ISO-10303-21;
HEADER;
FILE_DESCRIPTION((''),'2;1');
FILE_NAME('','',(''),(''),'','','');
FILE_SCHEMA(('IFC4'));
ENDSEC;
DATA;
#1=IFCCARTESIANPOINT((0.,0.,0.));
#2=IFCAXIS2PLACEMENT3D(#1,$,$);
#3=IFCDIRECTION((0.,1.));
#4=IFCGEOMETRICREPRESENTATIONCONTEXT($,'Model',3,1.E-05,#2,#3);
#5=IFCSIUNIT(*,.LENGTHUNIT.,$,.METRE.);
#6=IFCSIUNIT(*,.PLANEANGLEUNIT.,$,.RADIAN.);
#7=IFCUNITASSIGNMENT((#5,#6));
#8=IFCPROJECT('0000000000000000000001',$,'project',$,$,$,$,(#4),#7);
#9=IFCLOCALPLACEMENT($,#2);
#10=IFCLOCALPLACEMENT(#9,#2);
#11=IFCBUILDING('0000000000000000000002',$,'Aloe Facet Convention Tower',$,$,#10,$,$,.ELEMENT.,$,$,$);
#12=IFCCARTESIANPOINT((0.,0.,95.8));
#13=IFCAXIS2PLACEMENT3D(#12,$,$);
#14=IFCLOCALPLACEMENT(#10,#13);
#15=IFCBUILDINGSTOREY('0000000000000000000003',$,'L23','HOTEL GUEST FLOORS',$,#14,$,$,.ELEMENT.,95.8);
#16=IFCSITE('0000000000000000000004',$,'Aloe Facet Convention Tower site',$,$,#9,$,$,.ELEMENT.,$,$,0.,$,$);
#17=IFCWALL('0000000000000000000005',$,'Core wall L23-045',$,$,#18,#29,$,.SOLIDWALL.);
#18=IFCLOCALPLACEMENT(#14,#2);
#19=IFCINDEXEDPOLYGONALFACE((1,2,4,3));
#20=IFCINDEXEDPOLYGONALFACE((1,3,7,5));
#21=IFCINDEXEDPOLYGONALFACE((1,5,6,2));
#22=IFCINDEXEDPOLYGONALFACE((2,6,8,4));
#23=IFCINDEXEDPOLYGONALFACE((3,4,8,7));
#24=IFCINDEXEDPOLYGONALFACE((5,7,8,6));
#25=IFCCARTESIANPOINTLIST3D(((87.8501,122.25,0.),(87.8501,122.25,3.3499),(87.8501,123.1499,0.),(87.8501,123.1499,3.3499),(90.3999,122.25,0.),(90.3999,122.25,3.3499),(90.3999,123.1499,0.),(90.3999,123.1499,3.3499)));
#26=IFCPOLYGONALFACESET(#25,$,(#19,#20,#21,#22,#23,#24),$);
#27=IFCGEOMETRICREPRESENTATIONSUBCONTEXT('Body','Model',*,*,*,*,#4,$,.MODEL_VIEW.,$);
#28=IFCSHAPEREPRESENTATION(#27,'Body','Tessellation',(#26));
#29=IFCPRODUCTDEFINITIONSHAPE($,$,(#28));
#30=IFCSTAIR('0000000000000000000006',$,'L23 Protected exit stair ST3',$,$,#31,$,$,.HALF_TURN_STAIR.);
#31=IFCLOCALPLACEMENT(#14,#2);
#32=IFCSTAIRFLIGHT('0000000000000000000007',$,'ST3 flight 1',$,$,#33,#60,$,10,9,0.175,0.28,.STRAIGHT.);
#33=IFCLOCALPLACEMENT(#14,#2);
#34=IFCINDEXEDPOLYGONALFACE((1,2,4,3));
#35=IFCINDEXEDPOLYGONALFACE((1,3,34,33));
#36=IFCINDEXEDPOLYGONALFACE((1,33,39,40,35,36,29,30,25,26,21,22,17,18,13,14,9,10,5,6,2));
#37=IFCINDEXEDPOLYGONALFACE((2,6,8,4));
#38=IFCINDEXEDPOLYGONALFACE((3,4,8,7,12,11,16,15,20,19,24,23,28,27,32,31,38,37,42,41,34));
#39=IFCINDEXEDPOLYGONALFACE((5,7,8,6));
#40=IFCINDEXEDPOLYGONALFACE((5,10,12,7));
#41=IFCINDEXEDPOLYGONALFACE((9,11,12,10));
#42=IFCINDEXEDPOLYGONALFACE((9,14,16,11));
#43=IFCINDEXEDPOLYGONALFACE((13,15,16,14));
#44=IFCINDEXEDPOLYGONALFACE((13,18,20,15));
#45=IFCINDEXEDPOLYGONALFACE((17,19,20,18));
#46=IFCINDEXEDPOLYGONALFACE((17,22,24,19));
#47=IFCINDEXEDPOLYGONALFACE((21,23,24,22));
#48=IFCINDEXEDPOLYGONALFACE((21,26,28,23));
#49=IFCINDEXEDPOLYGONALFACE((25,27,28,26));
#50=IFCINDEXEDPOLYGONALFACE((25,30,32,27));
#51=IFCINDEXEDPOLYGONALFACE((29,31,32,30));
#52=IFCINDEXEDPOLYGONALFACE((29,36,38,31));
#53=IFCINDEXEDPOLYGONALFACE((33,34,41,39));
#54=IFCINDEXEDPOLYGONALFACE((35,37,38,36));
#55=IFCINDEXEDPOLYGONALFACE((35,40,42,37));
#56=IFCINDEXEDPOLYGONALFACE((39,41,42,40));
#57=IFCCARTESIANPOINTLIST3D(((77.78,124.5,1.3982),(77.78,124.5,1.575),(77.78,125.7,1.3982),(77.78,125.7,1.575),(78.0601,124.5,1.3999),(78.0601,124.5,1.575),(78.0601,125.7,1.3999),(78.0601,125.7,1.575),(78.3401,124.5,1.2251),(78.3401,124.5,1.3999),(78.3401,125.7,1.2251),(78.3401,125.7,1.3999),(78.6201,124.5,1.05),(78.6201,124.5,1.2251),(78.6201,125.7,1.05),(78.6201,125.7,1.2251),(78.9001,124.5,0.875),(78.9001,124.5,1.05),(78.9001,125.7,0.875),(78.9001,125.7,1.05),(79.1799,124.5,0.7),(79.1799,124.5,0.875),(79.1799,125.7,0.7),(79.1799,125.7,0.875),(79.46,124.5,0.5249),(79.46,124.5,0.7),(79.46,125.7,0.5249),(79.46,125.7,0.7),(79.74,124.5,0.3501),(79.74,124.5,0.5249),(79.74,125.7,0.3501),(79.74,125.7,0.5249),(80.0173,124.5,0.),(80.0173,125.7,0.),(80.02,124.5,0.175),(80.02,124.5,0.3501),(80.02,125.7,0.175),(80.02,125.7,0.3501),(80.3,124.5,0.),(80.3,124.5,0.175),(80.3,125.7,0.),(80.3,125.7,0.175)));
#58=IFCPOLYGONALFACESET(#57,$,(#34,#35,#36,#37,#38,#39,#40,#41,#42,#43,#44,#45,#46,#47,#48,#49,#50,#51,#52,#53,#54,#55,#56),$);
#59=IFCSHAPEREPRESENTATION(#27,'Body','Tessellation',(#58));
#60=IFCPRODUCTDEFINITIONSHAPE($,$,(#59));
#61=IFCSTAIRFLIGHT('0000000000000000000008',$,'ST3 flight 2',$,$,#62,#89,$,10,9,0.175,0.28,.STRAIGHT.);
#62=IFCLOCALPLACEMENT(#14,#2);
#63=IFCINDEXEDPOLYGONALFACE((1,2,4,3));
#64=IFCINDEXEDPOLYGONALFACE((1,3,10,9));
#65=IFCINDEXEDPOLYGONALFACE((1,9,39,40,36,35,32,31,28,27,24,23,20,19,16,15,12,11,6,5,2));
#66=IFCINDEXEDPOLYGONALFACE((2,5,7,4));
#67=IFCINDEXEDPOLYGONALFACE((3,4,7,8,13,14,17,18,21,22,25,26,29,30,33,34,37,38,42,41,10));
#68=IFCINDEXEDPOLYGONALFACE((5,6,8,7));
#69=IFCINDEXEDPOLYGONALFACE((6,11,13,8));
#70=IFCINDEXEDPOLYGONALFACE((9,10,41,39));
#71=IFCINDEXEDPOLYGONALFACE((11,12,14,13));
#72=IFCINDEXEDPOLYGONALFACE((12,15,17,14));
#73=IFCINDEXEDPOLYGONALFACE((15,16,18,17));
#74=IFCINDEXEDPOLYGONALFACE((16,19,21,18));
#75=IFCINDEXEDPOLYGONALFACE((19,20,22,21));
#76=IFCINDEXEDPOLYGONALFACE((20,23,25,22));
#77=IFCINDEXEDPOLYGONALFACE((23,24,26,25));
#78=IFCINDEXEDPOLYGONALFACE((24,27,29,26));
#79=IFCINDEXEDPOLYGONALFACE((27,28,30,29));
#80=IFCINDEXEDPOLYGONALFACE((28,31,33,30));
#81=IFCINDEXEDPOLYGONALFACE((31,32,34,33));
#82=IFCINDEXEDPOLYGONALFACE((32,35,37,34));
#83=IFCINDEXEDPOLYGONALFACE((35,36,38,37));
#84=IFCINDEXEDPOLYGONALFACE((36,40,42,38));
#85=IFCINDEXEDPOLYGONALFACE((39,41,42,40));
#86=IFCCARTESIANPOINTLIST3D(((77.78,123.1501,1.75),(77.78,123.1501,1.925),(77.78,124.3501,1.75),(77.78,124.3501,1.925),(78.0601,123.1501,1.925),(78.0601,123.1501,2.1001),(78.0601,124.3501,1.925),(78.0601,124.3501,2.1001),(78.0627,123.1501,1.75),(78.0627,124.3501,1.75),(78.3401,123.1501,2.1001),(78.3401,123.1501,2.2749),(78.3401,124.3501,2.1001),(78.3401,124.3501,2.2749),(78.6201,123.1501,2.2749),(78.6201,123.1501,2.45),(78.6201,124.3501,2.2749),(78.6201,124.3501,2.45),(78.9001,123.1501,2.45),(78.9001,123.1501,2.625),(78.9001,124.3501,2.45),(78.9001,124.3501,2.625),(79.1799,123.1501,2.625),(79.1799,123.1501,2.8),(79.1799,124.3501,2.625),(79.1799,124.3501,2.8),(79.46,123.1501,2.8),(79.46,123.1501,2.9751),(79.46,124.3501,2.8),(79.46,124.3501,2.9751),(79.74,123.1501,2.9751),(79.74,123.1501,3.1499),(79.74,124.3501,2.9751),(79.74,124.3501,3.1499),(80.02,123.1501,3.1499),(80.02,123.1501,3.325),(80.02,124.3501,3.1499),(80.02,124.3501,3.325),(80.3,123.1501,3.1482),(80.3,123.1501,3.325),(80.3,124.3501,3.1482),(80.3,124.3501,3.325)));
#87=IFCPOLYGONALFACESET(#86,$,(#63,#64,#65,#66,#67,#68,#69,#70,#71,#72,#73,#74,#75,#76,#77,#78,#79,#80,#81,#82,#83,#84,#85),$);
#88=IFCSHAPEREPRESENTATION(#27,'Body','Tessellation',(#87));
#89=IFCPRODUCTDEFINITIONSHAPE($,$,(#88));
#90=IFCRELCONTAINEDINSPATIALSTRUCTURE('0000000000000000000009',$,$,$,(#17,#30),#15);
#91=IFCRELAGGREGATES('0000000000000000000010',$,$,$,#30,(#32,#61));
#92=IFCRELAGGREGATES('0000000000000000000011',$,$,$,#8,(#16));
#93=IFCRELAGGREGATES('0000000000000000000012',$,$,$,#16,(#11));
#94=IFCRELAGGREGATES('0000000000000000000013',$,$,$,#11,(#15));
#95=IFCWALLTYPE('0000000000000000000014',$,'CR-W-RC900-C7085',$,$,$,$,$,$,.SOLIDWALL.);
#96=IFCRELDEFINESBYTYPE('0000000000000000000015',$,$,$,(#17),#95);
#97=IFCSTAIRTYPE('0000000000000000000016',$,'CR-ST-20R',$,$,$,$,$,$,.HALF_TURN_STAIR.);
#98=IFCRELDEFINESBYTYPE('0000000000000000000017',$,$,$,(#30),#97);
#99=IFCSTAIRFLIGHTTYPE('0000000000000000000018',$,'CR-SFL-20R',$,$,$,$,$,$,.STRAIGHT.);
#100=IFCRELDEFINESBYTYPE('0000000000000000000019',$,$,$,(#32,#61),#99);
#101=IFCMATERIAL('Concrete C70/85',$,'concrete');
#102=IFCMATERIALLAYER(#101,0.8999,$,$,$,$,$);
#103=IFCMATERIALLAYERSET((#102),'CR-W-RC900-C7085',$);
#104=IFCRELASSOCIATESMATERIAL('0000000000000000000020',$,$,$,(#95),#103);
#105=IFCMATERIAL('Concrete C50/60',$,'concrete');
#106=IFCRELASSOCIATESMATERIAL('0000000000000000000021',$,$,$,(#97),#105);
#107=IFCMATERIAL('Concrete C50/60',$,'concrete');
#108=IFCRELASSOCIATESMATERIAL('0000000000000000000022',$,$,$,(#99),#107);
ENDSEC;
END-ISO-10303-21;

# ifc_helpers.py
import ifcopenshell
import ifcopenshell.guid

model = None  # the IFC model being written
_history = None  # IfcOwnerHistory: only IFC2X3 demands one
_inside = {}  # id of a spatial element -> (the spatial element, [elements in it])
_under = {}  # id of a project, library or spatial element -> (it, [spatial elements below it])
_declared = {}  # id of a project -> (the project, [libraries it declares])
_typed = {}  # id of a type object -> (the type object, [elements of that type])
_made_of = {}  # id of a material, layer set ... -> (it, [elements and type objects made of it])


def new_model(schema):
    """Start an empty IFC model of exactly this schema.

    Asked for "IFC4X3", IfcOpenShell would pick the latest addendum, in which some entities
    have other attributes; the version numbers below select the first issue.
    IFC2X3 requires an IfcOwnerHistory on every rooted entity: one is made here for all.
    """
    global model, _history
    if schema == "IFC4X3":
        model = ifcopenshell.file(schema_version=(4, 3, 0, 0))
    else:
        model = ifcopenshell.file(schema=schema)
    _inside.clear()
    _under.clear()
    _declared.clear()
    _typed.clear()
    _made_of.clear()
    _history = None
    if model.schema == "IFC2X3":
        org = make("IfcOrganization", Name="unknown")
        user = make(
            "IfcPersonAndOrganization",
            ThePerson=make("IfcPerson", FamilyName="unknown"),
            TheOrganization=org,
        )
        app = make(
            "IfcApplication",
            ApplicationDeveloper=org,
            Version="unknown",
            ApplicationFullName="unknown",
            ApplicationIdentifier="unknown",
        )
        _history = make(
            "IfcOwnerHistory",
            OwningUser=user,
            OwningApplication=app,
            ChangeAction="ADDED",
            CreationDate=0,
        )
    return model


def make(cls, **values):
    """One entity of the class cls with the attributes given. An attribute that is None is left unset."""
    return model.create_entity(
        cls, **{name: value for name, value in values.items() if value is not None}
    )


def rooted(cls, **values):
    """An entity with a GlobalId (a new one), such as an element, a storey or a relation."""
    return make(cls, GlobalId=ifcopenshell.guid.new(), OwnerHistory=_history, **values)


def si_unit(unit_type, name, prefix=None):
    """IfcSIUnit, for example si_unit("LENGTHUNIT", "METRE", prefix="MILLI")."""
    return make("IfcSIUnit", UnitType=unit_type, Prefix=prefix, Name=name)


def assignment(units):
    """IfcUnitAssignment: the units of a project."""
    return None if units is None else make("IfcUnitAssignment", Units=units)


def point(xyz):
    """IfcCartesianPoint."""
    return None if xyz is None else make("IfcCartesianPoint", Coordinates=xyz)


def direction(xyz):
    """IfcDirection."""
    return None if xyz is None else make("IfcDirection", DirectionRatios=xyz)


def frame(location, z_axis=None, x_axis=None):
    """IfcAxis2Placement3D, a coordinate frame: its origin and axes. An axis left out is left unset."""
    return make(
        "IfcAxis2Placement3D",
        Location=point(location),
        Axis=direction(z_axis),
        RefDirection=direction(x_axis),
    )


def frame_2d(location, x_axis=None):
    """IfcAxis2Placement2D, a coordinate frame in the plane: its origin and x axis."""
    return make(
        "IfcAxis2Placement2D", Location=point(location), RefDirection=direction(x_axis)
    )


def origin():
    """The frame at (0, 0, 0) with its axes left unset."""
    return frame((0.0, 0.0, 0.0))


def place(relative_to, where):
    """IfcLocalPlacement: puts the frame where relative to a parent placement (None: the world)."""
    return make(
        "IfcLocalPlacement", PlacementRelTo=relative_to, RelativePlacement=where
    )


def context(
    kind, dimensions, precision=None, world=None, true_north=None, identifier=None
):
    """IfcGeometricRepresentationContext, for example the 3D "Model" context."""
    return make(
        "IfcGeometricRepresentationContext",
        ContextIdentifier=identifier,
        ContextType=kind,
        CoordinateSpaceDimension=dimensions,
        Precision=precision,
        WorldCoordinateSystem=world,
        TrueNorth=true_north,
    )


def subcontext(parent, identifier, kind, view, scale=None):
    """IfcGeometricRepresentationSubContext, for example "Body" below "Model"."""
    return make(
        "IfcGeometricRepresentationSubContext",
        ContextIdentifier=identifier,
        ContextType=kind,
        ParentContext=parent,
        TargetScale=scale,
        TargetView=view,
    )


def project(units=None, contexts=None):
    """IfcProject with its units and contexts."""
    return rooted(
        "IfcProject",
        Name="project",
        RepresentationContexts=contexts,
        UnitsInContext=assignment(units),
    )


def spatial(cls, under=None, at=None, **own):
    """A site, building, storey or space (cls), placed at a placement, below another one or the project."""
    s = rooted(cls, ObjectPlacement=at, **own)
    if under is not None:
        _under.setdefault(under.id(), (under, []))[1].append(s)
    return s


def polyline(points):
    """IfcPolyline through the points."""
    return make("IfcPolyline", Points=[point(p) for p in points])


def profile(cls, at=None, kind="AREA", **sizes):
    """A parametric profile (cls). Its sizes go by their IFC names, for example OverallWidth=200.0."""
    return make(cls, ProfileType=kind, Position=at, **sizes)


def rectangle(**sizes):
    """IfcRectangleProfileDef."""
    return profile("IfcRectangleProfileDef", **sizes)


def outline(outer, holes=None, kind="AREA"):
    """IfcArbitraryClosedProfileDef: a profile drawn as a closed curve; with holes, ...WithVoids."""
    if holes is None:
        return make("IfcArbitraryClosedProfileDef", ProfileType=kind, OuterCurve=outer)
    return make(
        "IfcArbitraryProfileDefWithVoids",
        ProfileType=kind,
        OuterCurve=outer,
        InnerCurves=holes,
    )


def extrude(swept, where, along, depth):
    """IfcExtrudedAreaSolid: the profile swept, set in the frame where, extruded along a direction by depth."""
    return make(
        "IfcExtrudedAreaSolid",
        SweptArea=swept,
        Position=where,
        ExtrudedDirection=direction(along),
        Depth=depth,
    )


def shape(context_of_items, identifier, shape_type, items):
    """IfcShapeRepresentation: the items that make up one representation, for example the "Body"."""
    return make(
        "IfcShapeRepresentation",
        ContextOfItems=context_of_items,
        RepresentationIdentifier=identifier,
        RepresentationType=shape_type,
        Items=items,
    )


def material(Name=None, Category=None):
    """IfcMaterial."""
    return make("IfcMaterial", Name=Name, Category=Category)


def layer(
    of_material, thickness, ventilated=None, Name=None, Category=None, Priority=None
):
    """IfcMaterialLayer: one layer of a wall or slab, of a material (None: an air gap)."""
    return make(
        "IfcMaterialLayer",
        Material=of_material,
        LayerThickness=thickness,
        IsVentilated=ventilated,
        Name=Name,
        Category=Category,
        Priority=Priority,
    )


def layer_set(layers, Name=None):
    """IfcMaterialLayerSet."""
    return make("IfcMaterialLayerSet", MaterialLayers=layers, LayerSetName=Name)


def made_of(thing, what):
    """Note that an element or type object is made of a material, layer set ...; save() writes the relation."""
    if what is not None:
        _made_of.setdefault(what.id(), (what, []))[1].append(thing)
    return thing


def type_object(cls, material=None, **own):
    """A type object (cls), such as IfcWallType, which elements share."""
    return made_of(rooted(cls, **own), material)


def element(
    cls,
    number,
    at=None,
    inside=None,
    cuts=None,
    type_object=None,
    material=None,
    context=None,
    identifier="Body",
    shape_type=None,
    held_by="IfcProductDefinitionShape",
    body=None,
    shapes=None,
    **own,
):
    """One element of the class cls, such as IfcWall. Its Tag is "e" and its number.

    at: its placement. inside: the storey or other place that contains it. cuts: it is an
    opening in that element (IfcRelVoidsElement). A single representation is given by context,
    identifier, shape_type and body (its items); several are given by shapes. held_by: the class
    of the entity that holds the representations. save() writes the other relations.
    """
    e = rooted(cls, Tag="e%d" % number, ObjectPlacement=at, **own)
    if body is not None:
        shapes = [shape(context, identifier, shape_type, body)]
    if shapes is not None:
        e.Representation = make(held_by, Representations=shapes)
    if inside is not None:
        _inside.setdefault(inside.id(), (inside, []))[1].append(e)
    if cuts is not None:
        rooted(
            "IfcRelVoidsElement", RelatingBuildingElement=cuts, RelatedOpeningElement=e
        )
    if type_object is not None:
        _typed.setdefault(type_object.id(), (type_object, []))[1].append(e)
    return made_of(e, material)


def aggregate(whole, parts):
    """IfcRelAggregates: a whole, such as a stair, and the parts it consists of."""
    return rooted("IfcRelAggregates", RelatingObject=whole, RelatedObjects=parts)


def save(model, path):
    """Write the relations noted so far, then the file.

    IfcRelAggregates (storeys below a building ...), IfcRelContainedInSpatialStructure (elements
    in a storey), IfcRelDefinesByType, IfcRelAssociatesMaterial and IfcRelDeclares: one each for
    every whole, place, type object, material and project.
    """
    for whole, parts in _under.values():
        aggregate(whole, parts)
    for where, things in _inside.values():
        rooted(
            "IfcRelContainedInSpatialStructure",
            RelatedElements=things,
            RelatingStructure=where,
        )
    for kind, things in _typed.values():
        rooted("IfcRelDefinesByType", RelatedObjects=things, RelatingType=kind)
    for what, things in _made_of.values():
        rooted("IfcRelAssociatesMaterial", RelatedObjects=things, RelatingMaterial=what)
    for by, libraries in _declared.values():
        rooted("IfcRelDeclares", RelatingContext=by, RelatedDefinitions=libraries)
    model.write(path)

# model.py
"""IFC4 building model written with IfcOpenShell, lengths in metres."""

from ifc_helpers import new_model, si_unit, direction, frame, frame_2d, origin, place, context, subcontext, project, spatial, polyline, rectangle, outline, extrude, material, layer, layer_set, type_object, element, aggregate, save


model = new_model("IFC4")

# Units and contexts
model_context = context("Model", 3, precision=1e-05, world=origin(), true_north=direction((0.0, 1.0)))
body_context = subcontext(model_context, "Body", "Model", "MODEL_VIEW")
ifc_project = project(units=[si_unit("LENGTHUNIT", "METRE"), si_unit("PLANEANGLEUNIT", "RADIAN")], contexts=[model_context])

# Site, building, storey
site_placement = place(None, origin())
site = spatial("IfcSite", under=ifc_project, at=site_placement, Name="Aloe Facet Convention Tower site", CompositionType="ELEMENT", RefElevation=0.0)
building_placement = place(site_placement, origin())
building = spatial("IfcBuilding", under=site, at=building_placement, Name="Aloe Facet Convention Tower", CompositionType="ELEMENT")
storey_placement = place(building_placement, frame((0.0, 0.0, 95.8)))
storey = spatial("IfcBuildingStorey", under=building, at=storey_placement, Name="L23", Description="HOTEL GUEST FLOORS", CompositionType="ELEMENT", Elevation=95.8)

# Shared definitions
ifc_material_1 = material(Name="Concrete C70/85", Category="concrete")
ifc_layer_1 = layer(ifc_material_1, 0.8999)
ifc_layer_set_1 = layer_set([ifc_layer_1], Name="CR-W-RC900-C7085")
wall_type_1 = type_object("IfcWallType", Name="CR-W-RC900-C7085", PredefinedType="SOLIDWALL", material=ifc_layer_set_1)

# Wall
wall_1_placement = place(storey_placement, frame((87.8501, 122.7, 0.0), z_axis=(0.0, 0.0, 1.0), x_axis=(1.0, 0.0, 0.0)))
element("IfcWall", 1, at=wall_1_placement, inside=storey, type_object=wall_type_1, Name="Core wall L23-045", PredefinedType="SOLIDWALL", context=body_context, shape_type="SweptSolid", body=[
    extrude(rectangle(XDim=2.5498, YDim=0.8999, at=frame_2d((1.2749, 0.0))), origin(), (0.0, 0.0, 1.0), 3.3499),
])

# Stair, stair flights
ifc_material_2 = material(Name="Concrete C50/60", Category="concrete")
stair_type = type_object("IfcStairType", Name="CR-ST-20R", PredefinedType="HALF_TURN_STAIR", material=ifc_material_2)
stair_placement = place(storey_placement, origin())
stair = element("IfcStair", 2, at=stair_placement, inside=storey, type_object=stair_type, Name="L23 Protected exit stair ST3", PredefinedType="HALF_TURN_STAIR")
ifc_material_3 = material(Name="Concrete C50/60", Category="concrete")
stair_flight_type = type_object("IfcStairFlightType", Name="CR-SFL-20R", PredefinedType="STRAIGHT", material=ifc_material_3)
stair_flight_1_placement = place(storey_placement, frame((80.3, 125.1001, 0.0), z_axis=(0.0, 0.0, 1.0), x_axis=(-1.0, 0.0, 0.0)))
stair_flight_1 = element("IfcStairFlight", 3, at=stair_flight_1_placement, type_object=stair_flight_type, Name="ST3 flight 1", NumberOfRisers=10, NumberOfTreads=9, PredefinedType="STRAIGHT", RiserHeight=0.175, TreadLength=0.28, context=body_context, shape_type="SweptSolid", body=[
    extrude(outline(polyline([(0.0, 0.0), (0.0, 0.175), (0.28, 0.175), (0.28, 0.3501), (0.5601, 0.3501), (0.5601, 0.5249), (0.8401, 0.5249), (0.8401, 0.7), (1.1201, 0.7), (1.1201, 0.875), (1.3999, 0.875), (1.3999, 1.05), (1.6799, 1.05), (1.6799, 1.2251), (1.96, 1.2251), (1.96, 1.3999), (2.24, 1.3999), (2.24, 1.575), (2.52, 1.575), (2.52, 1.75), (2.52, 1.3982), (0.2827, 0.0), (0.0, 0.0)])), frame((0.0, 0.6001, 0.0), z_axis=(0.0, -1.0, 0.0), x_axis=(1.0, 0.0, 0.0)), (0.0, 0.0, 1.0), 1.2),
])
stair_flight_2_placement = place(storey_placement, frame((77.78, 123.75, 1.75), z_axis=(0.0, 0.0, 1.0), x_axis=(1.0, 0.0, 0.0)))
stair_flight_2 = element("IfcStairFlight", 4, at=stair_flight_2_placement, type_object=stair_flight_type, Name="ST3 flight 2", NumberOfRisers=10, NumberOfTreads=9, PredefinedType="STRAIGHT", RiserHeight=0.175, TreadLength=0.28, context=body_context, shape_type="SweptSolid", body=[
    extrude(outline(polyline([(0.0, 0.0), (0.0, 0.175), (0.28, 0.175), (0.28, 0.3501), (0.5601, 0.3501), (0.5601, 0.5249), (0.8401, 0.5249), (0.8401, 0.7), (1.1201, 0.7), (1.1201, 0.875), (1.3999, 0.875), (1.3999, 1.05), (1.6799, 1.05), (1.6799, 1.2251), (1.96, 1.2251), (1.96, 1.3999), (2.24, 1.3999), (2.24, 1.575), (2.52, 1.575), (2.52, 1.75), (2.52, 1.3982), (0.2827, 0.0), (0.0, 0.0)])), frame((0.0, 0.6001, 0.0), z_axis=(0.0, -1.0, 0.0), x_axis=(1.0, 0.0, 0.0)), (0.0, 0.0, 1.0), 1.2),
])
aggregate(stair, [stair_flight_1, stair_flight_2])

save(model, "model.ifc")
